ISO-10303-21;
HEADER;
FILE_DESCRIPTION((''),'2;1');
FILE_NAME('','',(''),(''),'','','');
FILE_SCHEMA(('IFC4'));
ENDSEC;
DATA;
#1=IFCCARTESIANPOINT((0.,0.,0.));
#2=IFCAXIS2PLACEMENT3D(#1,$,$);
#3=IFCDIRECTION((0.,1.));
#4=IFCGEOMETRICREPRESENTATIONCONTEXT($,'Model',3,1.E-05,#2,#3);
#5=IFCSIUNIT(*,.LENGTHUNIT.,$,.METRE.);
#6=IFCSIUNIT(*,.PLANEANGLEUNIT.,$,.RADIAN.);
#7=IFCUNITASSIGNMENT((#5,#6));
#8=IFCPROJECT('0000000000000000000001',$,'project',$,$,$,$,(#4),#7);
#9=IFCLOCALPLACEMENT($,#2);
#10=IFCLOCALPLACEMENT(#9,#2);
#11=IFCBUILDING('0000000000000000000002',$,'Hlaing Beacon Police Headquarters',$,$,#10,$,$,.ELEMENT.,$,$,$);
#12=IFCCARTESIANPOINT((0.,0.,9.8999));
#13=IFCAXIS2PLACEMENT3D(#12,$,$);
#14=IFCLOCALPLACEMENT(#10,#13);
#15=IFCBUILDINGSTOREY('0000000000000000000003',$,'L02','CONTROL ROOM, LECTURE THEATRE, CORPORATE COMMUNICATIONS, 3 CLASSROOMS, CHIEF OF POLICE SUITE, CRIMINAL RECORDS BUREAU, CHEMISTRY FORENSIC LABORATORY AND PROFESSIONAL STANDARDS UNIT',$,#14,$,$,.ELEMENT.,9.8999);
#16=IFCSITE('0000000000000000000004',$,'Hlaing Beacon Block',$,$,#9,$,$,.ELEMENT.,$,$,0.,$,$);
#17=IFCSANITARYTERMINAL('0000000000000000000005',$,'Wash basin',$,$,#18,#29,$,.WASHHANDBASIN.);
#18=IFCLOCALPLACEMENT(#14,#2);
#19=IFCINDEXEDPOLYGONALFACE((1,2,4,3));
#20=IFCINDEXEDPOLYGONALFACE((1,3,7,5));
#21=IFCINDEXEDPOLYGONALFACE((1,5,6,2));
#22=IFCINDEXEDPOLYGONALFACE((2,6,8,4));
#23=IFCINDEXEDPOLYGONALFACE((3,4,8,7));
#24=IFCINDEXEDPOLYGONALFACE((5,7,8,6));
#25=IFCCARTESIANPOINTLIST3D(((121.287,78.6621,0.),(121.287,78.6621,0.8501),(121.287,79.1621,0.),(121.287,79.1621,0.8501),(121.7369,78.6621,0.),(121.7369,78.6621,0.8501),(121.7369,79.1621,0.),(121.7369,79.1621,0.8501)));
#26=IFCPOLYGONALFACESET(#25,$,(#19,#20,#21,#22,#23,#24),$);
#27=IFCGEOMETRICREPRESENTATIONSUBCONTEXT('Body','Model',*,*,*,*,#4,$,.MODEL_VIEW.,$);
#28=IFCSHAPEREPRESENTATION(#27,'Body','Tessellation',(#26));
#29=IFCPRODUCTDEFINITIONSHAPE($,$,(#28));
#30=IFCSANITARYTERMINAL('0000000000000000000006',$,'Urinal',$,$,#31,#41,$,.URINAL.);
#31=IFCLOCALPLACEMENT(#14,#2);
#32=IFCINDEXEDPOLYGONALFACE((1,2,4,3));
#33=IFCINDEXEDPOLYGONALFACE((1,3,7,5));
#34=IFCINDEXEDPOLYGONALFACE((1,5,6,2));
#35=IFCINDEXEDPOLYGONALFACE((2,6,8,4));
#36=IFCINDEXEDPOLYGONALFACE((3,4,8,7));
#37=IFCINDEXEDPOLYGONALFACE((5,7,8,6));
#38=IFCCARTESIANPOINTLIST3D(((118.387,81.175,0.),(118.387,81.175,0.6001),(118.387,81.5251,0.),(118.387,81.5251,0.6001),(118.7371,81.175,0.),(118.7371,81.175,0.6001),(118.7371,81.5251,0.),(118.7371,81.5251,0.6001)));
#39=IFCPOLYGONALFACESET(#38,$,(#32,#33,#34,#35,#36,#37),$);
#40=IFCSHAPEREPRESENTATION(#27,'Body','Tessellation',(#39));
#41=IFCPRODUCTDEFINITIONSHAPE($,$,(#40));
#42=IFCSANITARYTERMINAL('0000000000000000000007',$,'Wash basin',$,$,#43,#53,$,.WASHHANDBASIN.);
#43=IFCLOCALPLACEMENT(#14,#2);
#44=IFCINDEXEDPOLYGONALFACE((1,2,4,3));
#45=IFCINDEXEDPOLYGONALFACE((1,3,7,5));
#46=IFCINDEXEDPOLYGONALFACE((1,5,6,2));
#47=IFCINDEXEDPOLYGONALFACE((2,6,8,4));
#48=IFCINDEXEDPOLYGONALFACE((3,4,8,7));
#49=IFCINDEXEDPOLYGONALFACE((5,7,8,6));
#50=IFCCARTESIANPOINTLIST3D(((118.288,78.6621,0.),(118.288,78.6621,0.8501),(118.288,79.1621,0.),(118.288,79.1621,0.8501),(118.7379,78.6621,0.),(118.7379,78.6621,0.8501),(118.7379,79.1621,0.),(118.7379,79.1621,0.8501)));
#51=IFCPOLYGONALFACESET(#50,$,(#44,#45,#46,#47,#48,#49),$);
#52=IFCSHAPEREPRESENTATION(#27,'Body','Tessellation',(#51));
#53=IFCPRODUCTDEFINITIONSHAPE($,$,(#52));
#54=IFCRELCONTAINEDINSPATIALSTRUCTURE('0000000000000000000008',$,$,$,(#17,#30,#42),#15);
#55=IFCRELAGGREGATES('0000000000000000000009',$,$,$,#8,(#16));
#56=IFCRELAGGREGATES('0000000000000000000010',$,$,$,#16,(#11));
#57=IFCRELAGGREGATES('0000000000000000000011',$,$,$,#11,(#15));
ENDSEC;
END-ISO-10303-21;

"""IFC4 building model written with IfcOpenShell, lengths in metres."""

from ifc_helpers import new_model, si_unit, direction, frame, origin, origin_2d, place, context, subcontext, project, spatial, rectangle, extrude, element, save


model = new_model("IFC4")

# Units and contexts
model_context = context("Model", 3, precision=1e-05, world=origin(), true_north=direction((0.0, 1.0)))
body_context = subcontext(model_context, "Body", "Model", "MODEL_VIEW")
ifc_project = project(units=[si_unit("LENGTHUNIT", "METRE"), si_unit("PLANEANGLEUNIT", "RADIAN")], contexts=[model_context])

# Site, building, storey
site_placement = place(None, origin())
site = spatial("IfcSite", under=ifc_project, at=site_placement, Name="Hlaing Beacon Block", CompositionType="ELEMENT", RefElevation=0.0)
building_placement = place(site_placement, origin())
building = spatial("IfcBuilding", under=site, at=building_placement, Name="Hlaing Beacon Police Headquarters", CompositionType="ELEMENT")
storey_placement = place(building_placement, frame((0.0, 0.0, 9.8999)))
storey = spatial("IfcBuildingStorey", under=building, at=storey_placement, Name="L02", Description="CONTROL ROOM, LECTURE THEATRE, CORPORATE COMMUNICATIONS, 3 CLASSROOMS, CHIEF OF POLICE SUITE, CRIMINAL RECORDS BUREAU, CHEMISTRY FORENSIC LABORATORY AND PROFESSIONAL STANDARDS UNIT", CompositionType="ELEMENT", Elevation=9.8999)

# Sanitary terminals
for number, where, z_axis, x_axis, name in (
    (1, (121.512, 78.9121, 0.0), (0.0, 0.0, 1.0), (1.0, 0.0, 0.0), "Wash basin"),
):
    element("IfcSanitaryTerminal", number, at=place(storey_placement, frame(where, z_axis=z_axis, x_axis=x_axis)), inside=storey, Name=name, PredefinedType="WASHHANDBASIN", context=body_context, shape_type="SweptSolid", body=[
        extrude(rectangle(XDim=0.45, YDim=0.5, at=origin_2d()), origin(), (0.0, 0.0, 1.0), 0.8501),
    ])
sanitary_terminal_1_placement = place(storey_placement, frame((118.562, 81.3501, 0.0), z_axis=(0.0, 0.0, 1.0), x_axis=(1.0, 0.0, 0.0)))
element("IfcSanitaryTerminal", 2, at=sanitary_terminal_1_placement, inside=storey, Name="Urinal", PredefinedType="URINAL", context=body_context, shape_type="SweptSolid", body=[
    extrude(rectangle(XDim=0.3501, YDim=0.3501, at=origin_2d()), origin(), (0.0, 0.0, 1.0), 0.6001),
])
sanitary_terminal_2_placement = place(storey_placement, frame((118.5129, 78.9121, 0.0), z_axis=(0.0, 0.0, 1.0), x_axis=(1.0, 0.0, 0.0)))
element("IfcSanitaryTerminal", 3, at=sanitary_terminal_2_placement, inside=storey, Name="Wash basin", PredefinedType="WASHHANDBASIN", context=body_context, shape_type="SweptSolid", body=[
    extrude(rectangle(XDim=0.45, YDim=0.5, at=origin_2d()), origin(), (0.0, 0.0, 1.0), 0.8501),
])

save(model, "model.ifc")
